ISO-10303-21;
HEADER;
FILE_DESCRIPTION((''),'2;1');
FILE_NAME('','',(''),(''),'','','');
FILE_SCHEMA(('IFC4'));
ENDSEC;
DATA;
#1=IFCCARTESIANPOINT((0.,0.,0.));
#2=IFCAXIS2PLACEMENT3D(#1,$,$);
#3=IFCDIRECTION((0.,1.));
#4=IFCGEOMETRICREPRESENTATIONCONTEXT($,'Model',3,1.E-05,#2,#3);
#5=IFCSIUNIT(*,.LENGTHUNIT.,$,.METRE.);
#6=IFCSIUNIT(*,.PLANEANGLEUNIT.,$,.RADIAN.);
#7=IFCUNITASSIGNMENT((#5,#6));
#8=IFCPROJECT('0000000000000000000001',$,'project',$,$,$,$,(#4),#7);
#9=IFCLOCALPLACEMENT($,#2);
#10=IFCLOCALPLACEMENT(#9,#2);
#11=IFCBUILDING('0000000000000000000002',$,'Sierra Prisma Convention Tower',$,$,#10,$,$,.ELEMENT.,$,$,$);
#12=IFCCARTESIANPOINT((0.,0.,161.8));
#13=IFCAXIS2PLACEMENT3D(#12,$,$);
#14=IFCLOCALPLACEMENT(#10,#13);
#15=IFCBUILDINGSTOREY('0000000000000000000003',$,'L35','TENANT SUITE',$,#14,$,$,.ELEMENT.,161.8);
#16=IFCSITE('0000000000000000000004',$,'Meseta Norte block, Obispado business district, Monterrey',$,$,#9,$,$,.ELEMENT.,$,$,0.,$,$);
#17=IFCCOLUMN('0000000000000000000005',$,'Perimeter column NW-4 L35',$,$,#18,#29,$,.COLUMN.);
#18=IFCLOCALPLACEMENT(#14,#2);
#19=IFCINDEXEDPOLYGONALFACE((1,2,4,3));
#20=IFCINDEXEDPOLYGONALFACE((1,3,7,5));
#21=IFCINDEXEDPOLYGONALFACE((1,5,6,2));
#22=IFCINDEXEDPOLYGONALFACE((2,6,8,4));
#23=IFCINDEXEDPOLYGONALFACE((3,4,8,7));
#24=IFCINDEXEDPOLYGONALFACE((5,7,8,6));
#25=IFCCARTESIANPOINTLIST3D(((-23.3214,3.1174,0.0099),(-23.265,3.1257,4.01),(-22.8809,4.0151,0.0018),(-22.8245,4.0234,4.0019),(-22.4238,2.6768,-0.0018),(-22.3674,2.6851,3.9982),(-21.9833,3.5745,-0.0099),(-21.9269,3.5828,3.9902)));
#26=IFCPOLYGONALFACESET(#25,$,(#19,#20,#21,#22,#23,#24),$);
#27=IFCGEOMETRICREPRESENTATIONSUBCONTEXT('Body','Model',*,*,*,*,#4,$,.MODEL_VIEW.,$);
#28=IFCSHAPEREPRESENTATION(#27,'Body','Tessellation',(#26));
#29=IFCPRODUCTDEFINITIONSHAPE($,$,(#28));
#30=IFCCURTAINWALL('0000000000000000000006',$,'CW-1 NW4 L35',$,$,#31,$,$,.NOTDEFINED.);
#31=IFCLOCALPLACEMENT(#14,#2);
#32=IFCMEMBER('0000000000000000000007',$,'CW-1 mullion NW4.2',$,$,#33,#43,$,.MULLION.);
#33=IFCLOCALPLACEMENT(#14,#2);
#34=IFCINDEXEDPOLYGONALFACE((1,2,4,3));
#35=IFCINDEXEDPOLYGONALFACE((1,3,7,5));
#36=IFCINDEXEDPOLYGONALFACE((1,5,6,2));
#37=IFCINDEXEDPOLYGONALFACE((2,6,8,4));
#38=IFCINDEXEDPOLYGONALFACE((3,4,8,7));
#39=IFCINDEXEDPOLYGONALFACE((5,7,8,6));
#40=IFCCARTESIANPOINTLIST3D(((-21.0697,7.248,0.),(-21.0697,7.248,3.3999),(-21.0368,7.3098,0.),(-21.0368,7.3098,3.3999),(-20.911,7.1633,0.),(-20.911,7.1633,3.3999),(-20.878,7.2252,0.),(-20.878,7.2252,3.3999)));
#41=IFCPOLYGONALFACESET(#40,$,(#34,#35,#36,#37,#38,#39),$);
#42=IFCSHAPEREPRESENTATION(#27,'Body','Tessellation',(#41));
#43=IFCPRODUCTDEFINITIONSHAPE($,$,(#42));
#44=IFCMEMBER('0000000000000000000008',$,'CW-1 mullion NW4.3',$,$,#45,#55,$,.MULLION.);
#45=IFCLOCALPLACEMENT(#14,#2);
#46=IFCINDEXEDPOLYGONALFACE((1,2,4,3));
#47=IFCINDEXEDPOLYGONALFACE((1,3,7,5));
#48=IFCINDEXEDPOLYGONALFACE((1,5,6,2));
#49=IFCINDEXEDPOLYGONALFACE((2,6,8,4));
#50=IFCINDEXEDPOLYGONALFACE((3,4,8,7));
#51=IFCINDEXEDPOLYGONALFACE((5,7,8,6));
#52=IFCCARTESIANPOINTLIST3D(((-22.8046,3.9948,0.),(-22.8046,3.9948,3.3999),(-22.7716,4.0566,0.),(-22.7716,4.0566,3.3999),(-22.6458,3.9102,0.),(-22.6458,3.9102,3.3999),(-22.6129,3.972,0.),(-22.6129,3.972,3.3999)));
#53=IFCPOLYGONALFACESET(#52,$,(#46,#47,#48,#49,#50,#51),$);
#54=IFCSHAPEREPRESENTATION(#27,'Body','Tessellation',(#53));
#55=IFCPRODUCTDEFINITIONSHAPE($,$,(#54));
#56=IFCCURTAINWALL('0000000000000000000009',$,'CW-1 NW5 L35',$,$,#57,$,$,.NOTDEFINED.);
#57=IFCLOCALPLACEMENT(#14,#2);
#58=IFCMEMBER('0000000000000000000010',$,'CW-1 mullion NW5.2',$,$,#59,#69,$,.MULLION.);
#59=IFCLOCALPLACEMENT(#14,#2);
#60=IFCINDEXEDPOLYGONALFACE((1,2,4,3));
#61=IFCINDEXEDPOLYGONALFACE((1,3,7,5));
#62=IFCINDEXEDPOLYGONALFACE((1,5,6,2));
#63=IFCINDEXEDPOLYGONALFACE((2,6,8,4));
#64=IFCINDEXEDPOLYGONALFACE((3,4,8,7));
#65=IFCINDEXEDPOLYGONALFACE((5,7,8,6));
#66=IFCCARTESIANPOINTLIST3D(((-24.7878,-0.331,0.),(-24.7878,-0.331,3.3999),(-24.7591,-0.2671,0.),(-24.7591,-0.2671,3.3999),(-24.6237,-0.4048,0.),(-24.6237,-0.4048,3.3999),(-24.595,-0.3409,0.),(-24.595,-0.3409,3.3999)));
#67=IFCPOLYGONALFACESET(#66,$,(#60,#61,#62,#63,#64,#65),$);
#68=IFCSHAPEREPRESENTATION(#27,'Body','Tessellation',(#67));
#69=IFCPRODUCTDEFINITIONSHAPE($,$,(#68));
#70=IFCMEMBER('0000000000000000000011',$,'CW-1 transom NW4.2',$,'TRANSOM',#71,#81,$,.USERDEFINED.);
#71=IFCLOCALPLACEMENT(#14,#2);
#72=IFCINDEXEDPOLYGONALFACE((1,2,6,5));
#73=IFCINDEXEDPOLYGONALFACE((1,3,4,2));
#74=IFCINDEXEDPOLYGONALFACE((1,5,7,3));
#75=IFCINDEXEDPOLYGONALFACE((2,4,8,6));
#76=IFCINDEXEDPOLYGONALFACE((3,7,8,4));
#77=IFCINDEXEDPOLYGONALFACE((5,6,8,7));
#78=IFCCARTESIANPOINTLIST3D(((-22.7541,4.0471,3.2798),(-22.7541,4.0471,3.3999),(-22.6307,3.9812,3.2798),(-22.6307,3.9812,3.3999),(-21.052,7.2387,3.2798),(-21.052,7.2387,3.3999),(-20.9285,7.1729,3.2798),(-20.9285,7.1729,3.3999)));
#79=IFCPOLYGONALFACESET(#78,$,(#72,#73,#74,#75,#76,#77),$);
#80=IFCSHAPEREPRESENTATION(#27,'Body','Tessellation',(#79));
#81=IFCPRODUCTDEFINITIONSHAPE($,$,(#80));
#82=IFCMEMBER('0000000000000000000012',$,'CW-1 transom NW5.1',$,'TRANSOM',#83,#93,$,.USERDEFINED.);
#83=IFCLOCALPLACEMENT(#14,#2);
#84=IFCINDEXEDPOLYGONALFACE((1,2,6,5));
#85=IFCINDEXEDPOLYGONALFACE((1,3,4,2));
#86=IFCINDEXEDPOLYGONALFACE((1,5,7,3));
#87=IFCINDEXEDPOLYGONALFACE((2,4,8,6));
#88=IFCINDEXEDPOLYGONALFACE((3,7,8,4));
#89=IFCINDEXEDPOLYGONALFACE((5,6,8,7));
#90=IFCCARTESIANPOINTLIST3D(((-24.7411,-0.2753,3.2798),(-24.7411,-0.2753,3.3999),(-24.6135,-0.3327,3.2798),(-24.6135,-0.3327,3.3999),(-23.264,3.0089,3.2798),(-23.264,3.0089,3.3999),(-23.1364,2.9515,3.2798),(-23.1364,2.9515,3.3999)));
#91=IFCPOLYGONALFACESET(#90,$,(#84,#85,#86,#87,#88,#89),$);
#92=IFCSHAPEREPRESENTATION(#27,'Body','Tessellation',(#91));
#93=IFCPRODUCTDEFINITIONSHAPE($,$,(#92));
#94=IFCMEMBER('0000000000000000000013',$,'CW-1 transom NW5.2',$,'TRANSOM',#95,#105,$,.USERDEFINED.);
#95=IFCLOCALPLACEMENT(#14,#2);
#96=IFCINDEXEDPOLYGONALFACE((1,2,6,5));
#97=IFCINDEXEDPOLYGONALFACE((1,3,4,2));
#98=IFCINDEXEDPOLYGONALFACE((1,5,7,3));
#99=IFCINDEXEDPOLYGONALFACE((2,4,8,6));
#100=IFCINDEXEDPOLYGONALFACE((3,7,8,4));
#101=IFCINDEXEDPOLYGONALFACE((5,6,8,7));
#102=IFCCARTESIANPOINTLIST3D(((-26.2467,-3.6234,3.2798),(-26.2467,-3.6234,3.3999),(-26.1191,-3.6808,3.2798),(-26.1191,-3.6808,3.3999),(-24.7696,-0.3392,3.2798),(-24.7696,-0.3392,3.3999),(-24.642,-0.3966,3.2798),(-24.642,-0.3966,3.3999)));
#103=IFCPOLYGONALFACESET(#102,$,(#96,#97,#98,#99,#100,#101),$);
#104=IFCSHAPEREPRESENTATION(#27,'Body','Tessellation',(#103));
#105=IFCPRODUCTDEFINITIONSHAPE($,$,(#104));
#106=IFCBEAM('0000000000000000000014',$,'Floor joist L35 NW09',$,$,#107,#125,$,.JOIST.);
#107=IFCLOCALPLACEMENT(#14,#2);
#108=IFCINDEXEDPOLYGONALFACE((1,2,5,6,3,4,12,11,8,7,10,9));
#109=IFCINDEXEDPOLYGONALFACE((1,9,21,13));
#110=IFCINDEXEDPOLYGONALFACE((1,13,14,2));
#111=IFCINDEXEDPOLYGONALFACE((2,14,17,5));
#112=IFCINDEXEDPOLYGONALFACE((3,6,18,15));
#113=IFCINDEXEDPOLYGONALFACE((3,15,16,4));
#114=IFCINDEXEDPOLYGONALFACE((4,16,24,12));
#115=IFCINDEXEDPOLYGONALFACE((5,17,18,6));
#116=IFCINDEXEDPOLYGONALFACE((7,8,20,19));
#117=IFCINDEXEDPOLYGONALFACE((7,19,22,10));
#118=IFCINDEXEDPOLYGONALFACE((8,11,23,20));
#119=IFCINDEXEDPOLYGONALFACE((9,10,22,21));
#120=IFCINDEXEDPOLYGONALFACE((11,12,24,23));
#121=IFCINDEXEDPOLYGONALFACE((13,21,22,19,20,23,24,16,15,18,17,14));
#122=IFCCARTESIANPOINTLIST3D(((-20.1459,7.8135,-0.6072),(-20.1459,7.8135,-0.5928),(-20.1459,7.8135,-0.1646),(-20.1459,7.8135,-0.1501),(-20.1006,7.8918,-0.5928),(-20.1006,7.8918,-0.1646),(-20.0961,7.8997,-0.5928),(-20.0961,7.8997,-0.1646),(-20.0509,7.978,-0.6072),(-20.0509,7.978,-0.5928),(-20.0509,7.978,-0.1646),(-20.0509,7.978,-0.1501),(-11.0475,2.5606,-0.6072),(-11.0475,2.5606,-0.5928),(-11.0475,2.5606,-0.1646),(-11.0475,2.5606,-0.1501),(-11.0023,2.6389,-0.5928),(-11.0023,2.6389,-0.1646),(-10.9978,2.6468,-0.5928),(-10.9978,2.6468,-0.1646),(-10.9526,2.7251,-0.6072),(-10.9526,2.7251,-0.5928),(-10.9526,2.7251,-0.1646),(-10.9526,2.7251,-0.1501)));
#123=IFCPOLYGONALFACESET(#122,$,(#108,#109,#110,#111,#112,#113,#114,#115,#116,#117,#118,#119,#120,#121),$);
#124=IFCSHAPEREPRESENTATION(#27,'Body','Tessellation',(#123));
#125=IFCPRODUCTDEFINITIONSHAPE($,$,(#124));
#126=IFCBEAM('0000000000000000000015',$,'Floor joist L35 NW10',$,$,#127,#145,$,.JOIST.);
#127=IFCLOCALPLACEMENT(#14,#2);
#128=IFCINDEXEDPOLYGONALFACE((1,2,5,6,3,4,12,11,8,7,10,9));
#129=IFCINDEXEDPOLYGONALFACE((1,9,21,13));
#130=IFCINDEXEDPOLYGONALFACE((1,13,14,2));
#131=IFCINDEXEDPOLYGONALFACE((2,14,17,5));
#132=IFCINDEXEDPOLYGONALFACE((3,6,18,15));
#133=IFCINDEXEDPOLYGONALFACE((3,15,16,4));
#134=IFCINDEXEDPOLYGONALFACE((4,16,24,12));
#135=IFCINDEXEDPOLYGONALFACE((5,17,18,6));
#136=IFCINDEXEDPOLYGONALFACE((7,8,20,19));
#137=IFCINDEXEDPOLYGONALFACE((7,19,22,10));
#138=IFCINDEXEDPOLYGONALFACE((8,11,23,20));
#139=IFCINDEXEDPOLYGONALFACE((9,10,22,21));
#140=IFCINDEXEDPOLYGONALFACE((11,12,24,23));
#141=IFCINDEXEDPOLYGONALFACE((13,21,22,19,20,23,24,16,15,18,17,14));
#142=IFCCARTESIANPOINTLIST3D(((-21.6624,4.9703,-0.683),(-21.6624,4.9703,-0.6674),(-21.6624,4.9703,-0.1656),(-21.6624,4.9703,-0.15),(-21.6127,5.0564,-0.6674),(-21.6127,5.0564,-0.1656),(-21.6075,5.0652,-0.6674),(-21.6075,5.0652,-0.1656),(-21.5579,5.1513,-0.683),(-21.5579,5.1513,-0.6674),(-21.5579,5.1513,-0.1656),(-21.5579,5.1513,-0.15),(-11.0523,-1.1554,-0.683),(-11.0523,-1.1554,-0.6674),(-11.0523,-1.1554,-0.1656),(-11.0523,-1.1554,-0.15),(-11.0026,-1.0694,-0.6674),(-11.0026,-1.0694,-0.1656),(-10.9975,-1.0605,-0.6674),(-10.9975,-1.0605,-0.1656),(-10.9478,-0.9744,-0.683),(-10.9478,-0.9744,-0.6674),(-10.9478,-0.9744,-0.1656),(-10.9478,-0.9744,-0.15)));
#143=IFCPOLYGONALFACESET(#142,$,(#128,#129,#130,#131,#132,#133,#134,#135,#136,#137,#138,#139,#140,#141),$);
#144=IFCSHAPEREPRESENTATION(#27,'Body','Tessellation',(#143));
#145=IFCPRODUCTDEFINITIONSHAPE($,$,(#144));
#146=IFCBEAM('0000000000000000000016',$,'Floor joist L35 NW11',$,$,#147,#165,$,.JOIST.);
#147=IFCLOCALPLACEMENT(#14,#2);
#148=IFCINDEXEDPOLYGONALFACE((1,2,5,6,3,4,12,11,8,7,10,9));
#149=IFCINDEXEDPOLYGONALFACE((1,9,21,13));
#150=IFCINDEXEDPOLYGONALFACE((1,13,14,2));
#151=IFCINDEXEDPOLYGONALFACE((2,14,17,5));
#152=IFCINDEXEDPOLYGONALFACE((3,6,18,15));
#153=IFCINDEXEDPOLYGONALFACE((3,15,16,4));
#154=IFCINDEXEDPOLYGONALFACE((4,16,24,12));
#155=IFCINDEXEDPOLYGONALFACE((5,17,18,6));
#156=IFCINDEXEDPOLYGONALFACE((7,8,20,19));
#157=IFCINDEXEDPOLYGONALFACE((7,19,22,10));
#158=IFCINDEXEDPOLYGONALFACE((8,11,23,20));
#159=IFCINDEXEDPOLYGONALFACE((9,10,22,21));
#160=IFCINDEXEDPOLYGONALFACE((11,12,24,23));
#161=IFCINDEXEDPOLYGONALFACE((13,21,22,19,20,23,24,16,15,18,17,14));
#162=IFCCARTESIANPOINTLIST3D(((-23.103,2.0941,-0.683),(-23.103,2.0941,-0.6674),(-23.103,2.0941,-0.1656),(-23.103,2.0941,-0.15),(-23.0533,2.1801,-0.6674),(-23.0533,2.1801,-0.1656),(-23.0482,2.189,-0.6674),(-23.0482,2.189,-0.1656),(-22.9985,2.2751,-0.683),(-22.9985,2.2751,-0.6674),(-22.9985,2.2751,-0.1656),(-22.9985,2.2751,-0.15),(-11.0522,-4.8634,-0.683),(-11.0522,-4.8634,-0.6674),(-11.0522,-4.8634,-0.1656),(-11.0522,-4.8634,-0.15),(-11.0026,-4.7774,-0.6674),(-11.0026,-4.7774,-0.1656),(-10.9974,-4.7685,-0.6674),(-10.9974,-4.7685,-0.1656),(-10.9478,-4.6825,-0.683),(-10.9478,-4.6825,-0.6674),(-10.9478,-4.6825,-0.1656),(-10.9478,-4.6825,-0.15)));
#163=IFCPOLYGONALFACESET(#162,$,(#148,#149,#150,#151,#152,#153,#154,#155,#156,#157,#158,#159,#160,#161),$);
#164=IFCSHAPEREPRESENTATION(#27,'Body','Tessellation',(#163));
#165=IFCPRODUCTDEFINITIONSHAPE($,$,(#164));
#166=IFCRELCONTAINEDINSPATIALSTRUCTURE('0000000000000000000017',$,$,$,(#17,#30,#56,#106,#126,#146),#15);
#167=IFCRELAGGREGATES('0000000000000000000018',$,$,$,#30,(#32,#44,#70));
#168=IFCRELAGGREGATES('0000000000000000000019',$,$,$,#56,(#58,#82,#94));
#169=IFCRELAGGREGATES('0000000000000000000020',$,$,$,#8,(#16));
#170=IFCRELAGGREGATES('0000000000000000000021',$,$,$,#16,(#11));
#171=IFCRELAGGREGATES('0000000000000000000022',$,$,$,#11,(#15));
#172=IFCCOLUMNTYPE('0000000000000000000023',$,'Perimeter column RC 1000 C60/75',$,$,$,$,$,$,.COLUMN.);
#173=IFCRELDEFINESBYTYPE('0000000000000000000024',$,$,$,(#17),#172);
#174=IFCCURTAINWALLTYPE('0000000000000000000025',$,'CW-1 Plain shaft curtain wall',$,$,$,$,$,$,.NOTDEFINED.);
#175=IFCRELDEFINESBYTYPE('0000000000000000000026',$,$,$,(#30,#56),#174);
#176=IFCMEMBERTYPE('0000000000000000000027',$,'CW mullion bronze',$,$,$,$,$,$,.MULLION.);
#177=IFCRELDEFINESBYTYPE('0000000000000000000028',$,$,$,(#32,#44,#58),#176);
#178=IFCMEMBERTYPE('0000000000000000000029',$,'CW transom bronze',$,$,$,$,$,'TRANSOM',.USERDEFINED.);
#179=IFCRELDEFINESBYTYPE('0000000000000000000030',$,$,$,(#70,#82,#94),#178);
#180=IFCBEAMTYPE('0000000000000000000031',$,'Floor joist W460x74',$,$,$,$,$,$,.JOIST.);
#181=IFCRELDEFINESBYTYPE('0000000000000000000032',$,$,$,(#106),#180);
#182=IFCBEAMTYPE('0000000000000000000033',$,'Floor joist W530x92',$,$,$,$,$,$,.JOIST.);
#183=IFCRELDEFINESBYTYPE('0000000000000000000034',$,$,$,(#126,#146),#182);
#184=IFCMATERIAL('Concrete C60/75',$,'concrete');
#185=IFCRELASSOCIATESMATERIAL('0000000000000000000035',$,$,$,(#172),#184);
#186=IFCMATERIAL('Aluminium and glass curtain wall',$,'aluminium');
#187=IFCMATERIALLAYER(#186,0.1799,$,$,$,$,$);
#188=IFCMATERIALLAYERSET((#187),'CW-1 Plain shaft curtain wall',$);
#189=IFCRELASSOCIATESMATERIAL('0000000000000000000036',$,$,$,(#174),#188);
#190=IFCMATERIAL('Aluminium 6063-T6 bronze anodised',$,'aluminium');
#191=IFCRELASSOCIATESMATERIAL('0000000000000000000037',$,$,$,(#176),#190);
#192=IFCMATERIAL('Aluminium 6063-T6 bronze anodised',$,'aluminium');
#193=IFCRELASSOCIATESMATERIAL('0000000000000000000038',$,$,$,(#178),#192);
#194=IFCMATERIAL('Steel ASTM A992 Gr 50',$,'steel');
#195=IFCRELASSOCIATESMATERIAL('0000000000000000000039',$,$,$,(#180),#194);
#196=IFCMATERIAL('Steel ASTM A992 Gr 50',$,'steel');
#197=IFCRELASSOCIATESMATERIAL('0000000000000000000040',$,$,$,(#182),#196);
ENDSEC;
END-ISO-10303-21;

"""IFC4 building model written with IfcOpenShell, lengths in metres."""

from ifc_helpers import new_model, si_unit, direction, frame, origin, origin_2d, place, context, subcontext, project, spatial, rectangle, i_section, extrude, material, layer, layer_set, material_profile, profile_set, type_object, element, aggregate, save


model = new_model("IFC4")

# Units and contexts
model_context = context("Model", 3, precision=1e-05, world=origin(), true_north=direction((0.0, 1.0)))
body_context = subcontext(model_context, "Body", "Model", "MODEL_VIEW")
ifc_project = project(units=[si_unit("LENGTHUNIT", "METRE"), si_unit("PLANEANGLEUNIT", "RADIAN")], contexts=[model_context])

# Site, building, storey
site_placement = place(None, origin())
site = spatial("IfcSite", under=ifc_project, at=site_placement, Name="Meseta Norte block, Obispado business district, Monterrey", CompositionType="ELEMENT", RefElevation=0.0)
building_placement = place(site_placement, origin())
building = spatial("IfcBuilding", under=site, at=building_placement, Name="Sierra Prisma Convention Tower", CompositionType="ELEMENT")
storey_placement = place(building_placement, frame((0.0, 0.0, 161.8)))
storey = spatial("IfcBuildingStorey", under=building, at=storey_placement, Name="L35", Description="TENANT SUITE", CompositionType="ELEMENT", Elevation=161.8)

# Column
ifc_material_1 = material(Name="Concrete C60/75", Category="concrete")
ifc_material_profile_1 = material_profile(ifc_material_1, rectangle(XDim=1.0, YDim=1.0, at=origin_2d()), Name="Perimeter column RC 1000 C60/75")
ifc_profile_set_1 = profile_set([ifc_material_profile_1], Name="Concrete C60/75")
column_type = type_object("IfcColumnType", Name="Perimeter column RC 1000 C60/75", PredefinedType="COLUMN", material=ifc_profile_set_1)
column_placement = place(storey_placement, frame((-22.6523, 3.3459, 0.0), z_axis=(0.014098, 0.002075, 0.999898), x_axis=(0.440552, 0.897691, -0.008074)))
element("IfcColumn", 1, at=column_placement, inside=storey, type_object=column_type, Name="Perimeter column NW-4 L35", PredefinedType="COLUMN", context=body_context, shape_type="SweptSolid", body=[
    extrude(rectangle(XDim=1.0, YDim=1.0, at=origin_2d()), origin(), (0.0, 0.0, 1.0), 4.0005),
])

# Curtain wall, members
ifc_material_2 = material(Name="Aluminium and glass curtain wall", Category="aluminium")
ifc_layer_1 = layer(ifc_material_2, 0.1799)
ifc_layer_set_1 = layer_set([ifc_layer_1], Name="CW-1 Plain shaft curtain wall")
curtain_wall_type = type_object("IfcCurtainWallType", Name="CW-1 Plain shaft curtain wall", PredefinedType="NOTDEFINED", material=ifc_layer_set_1)
curtain_wall_1_placement = place(storey_placement, origin())
curtain_wall_1 = element("IfcCurtainWall", 2, at=curtain_wall_1_placement, inside=storey, type_object=curtain_wall_type, Name="CW-1 NW4 L35", PredefinedType="NOTDEFINED")
ifc_material_3 = material(Name="Aluminium 6063-T6 bronze anodised", Category="aluminium")
ifc_material_profile_2 = material_profile(ifc_material_3, rectangle(XDim=0.1799, YDim=0.0701, at=origin_2d()), Name="ALU MULLION 70x180")
ifc_profile_set_2 = profile_set([ifc_material_profile_2], Name="Aluminium 6063-T6 bronze anodised")
member_type_1 = type_object("IfcMemberType", Name="CW mullion bronze", PredefinedType="MULLION", material=ifc_profile_set_2)
member_1_placement = place(storey_placement, frame((-20.9739, 7.2366, 0.0), z_axis=(0.0, 0.0, 1.0), x_axis=(0.882366, -0.470564, 0.0)))
member_1 = element("IfcMember", 3, at=member_1_placement, type_object=member_type_1, Name="CW-1 mullion NW4.2", PredefinedType="MULLION", context=body_context, shape_type="SweptSolid", body=[
    extrude(rectangle(XDim=0.1799, YDim=0.0701, at=origin_2d()), origin(), (0.0, 0.0, 1.0), 3.3999),
])
member_2_placement = place(storey_placement, frame((-22.7087, 3.9834, 0.0), z_axis=(0.0, 0.0, 1.0), x_axis=(0.882366, -0.470564, 0.0)))
member_2 = element("IfcMember", 4, at=member_2_placement, type_object=member_type_1, Name="CW-1 mullion NW4.3", PredefinedType="MULLION", context=body_context, shape_type="SweptSolid", body=[
    extrude(rectangle(XDim=0.1799, YDim=0.0701, at=origin_2d()), origin(), (0.0, 0.0, 1.0), 3.3999),
])

# Curtain wall, member
curtain_wall_2_placement = place(storey_placement, origin())
curtain_wall_2 = element("IfcCurtainWall", 5, at=curtain_wall_2_placement, inside=storey, type_object=curtain_wall_type, Name="CW-1 NW5 L35", PredefinedType="NOTDEFINED")
member_3_placement = place(storey_placement, frame((-24.6914, -0.3359, 0.0), z_axis=(0.0, 0.0, 1.0), x_axis=(0.912028, -0.410127, 0.0)))
member_3 = element("IfcMember", 6, at=member_3_placement, type_object=member_type_1, Name="CW-1 mullion NW5.2", PredefinedType="MULLION", context=body_context, shape_type="SweptSolid", body=[
    extrude(rectangle(XDim=0.1799, YDim=0.0701, at=origin_2d()), origin(), (0.0, 0.0, 1.0), 3.3999),
])

# Members
ifc_material_4 = material(Name="Aluminium 6063-T6 bronze anodised", Category="aluminium")
ifc_material_profile_3 = material_profile(ifc_material_4, rectangle(XDim=0.1399, YDim=0.1201, at=origin_2d()), Name="ALU TRANSOM 120x140")
ifc_profile_set_3 = profile_set([ifc_material_profile_3], Name="Aluminium 6063-T6 bronze anodised")
member_type_2 = type_object("IfcMemberType", Name="CW transom bronze", ElementType="TRANSOM", PredefinedType="USERDEFINED", material=ifc_profile_set_3)
member_4_placement = place(storey_placement, frame((-20.9902, 7.2058, 3.3398), z_axis=(-0.470574, -0.88236, 0.0), x_axis=(0.88236, -0.470574, 0.0)))
member_4 = element("IfcMember", 7, at=member_4_placement, type_object=member_type_2, Name="CW-1 transom NW4.2", ObjectType="TRANSOM", PredefinedType="USERDEFINED", context=body_context, shape_type="SweptSolid", body=[
    extrude(rectangle(XDim=0.1399, YDim=0.1201, at=origin_2d()), origin(), (0.0, 0.0, 1.0), 3.6172),
])
member_5_placement = place(storey_placement, frame((-23.2002, 2.9802, 3.3398), z_axis=(-0.410173, -0.912008, 0.0), x_axis=(0.912008, -0.410173, 0.0)))
member_5 = element("IfcMember", 8, at=member_5_placement, type_object=member_type_2, Name="CW-1 transom NW5.1", ObjectType="TRANSOM", PredefinedType="USERDEFINED", context=body_context, shape_type="SweptSolid", body=[
    extrude(rectangle(XDim=0.1399, YDim=0.1201, at=origin_2d()), origin(), (0.0, 0.0, 1.0), 3.6011),
])
member_6_placement = place(storey_placement, frame((-24.7058, -0.3679, 3.3398), z_axis=(-0.410173, -0.912008, 0.0), x_axis=(0.912008, -0.410173, 0.0)))
member_6 = element("IfcMember", 9, at=member_6_placement, type_object=member_type_2, Name="CW-1 transom NW5.2", ObjectType="TRANSOM", PredefinedType="USERDEFINED", context=body_context, shape_type="SweptSolid", body=[
    extrude(rectangle(XDim=0.1399, YDim=0.1201, at=origin_2d()), origin(), (0.0, 0.0, 1.0), 3.6011),
])

# Beams
ifc_material_5 = material(Name="Steel ASTM A992 Gr 50", Category="steel")
ifc_material_profile_4 = material_profile(ifc_material_5, i_section(OverallWidth=0.1899, OverallDepth=0.457, WebThickness=0.009, FlangeThickness=0.0144, at=origin_2d()), Name="W460x74")
ifc_profile_set_4 = profile_set([ifc_material_profile_4], Name="Steel ASTM A992 Gr 50")
beam_type_1 = type_object("IfcBeamType", Name="Floor joist W460x74", PredefinedType="JOIST", material=ifc_profile_set_4)
beam_1_placement = place(storey_placement, frame((-20.0984, 7.8958, -0.3787), z_axis=(0.866027, -0.499998, 0.0), x_axis=(0.499998, 0.866027, 0.0)))
element("IfcBeam", 10, at=beam_1_placement, inside=storey, type_object=beam_type_1, Name="Floor joist L35 NW09", PredefinedType="JOIST", context=body_context, shape_type="SweptSolid", body=[
    extrude(i_section(OverallWidth=0.1899, OverallDepth=0.457, WebThickness=0.009, FlangeThickness=0.0144, at=origin_2d()), origin(), (0.0, 0.0, 1.0), 10.5059),
])
ifc_material_6 = material(Name="Steel ASTM A992 Gr 50", Category="steel")
ifc_material_profile_5 = material_profile(ifc_material_6, i_section(OverallWidth=0.209, OverallDepth=0.533, WebThickness=0.0103, FlangeThickness=0.0156, at=origin_2d()), Name="W530x92")
ifc_profile_set_5 = profile_set([ifc_material_profile_5], Name="Steel ASTM A992 Gr 50")
beam_type_2 = type_object("IfcBeamType", Name="Floor joist W530x92", PredefinedType="JOIST", material=ifc_profile_set_5)
beam_2_placement = place(storey_placement, frame((-21.6101, 5.0608, -0.4165), z_axis=(0.866026, -0.499999, 0.0), x_axis=(0.499999, 0.866026, 0.0)))
element("IfcBeam", 11, at=beam_2_placement, inside=storey, type_object=beam_type_2, Name="Floor joist L35 NW10", PredefinedType="JOIST", context=body_context, shape_type="SweptSolid", body=[
    extrude(i_section(OverallWidth=0.209, OverallDepth=0.533, WebThickness=0.0103, FlangeThickness=0.0156, at=origin_2d()), origin(), (0.0, 0.0, 1.0), 12.2515),
])
beam_3_placement = place(storey_placement, frame((-23.0508, 2.1846, -0.4165), z_axis=(0.866025, -0.5, 0.0), x_axis=(0.5, 0.866025, 0.0)))
element("IfcBeam", 12, at=beam_3_placement, inside=storey, type_object=beam_type_2, Name="Floor joist L35 NW11", PredefinedType="JOIST", context=body_context, shape_type="SweptSolid", body=[
    extrude(i_section(OverallWidth=0.209, OverallDepth=0.533, WebThickness=0.0103, FlangeThickness=0.0156, at=origin_2d()), origin(), (0.0, 0.0, 1.0), 13.915),
])

aggregate(curtain_wall_1, [member_1, member_2, member_4])
aggregate(curtain_wall_2, [member_3, member_5, member_6])

save(model, "model.ifc")
